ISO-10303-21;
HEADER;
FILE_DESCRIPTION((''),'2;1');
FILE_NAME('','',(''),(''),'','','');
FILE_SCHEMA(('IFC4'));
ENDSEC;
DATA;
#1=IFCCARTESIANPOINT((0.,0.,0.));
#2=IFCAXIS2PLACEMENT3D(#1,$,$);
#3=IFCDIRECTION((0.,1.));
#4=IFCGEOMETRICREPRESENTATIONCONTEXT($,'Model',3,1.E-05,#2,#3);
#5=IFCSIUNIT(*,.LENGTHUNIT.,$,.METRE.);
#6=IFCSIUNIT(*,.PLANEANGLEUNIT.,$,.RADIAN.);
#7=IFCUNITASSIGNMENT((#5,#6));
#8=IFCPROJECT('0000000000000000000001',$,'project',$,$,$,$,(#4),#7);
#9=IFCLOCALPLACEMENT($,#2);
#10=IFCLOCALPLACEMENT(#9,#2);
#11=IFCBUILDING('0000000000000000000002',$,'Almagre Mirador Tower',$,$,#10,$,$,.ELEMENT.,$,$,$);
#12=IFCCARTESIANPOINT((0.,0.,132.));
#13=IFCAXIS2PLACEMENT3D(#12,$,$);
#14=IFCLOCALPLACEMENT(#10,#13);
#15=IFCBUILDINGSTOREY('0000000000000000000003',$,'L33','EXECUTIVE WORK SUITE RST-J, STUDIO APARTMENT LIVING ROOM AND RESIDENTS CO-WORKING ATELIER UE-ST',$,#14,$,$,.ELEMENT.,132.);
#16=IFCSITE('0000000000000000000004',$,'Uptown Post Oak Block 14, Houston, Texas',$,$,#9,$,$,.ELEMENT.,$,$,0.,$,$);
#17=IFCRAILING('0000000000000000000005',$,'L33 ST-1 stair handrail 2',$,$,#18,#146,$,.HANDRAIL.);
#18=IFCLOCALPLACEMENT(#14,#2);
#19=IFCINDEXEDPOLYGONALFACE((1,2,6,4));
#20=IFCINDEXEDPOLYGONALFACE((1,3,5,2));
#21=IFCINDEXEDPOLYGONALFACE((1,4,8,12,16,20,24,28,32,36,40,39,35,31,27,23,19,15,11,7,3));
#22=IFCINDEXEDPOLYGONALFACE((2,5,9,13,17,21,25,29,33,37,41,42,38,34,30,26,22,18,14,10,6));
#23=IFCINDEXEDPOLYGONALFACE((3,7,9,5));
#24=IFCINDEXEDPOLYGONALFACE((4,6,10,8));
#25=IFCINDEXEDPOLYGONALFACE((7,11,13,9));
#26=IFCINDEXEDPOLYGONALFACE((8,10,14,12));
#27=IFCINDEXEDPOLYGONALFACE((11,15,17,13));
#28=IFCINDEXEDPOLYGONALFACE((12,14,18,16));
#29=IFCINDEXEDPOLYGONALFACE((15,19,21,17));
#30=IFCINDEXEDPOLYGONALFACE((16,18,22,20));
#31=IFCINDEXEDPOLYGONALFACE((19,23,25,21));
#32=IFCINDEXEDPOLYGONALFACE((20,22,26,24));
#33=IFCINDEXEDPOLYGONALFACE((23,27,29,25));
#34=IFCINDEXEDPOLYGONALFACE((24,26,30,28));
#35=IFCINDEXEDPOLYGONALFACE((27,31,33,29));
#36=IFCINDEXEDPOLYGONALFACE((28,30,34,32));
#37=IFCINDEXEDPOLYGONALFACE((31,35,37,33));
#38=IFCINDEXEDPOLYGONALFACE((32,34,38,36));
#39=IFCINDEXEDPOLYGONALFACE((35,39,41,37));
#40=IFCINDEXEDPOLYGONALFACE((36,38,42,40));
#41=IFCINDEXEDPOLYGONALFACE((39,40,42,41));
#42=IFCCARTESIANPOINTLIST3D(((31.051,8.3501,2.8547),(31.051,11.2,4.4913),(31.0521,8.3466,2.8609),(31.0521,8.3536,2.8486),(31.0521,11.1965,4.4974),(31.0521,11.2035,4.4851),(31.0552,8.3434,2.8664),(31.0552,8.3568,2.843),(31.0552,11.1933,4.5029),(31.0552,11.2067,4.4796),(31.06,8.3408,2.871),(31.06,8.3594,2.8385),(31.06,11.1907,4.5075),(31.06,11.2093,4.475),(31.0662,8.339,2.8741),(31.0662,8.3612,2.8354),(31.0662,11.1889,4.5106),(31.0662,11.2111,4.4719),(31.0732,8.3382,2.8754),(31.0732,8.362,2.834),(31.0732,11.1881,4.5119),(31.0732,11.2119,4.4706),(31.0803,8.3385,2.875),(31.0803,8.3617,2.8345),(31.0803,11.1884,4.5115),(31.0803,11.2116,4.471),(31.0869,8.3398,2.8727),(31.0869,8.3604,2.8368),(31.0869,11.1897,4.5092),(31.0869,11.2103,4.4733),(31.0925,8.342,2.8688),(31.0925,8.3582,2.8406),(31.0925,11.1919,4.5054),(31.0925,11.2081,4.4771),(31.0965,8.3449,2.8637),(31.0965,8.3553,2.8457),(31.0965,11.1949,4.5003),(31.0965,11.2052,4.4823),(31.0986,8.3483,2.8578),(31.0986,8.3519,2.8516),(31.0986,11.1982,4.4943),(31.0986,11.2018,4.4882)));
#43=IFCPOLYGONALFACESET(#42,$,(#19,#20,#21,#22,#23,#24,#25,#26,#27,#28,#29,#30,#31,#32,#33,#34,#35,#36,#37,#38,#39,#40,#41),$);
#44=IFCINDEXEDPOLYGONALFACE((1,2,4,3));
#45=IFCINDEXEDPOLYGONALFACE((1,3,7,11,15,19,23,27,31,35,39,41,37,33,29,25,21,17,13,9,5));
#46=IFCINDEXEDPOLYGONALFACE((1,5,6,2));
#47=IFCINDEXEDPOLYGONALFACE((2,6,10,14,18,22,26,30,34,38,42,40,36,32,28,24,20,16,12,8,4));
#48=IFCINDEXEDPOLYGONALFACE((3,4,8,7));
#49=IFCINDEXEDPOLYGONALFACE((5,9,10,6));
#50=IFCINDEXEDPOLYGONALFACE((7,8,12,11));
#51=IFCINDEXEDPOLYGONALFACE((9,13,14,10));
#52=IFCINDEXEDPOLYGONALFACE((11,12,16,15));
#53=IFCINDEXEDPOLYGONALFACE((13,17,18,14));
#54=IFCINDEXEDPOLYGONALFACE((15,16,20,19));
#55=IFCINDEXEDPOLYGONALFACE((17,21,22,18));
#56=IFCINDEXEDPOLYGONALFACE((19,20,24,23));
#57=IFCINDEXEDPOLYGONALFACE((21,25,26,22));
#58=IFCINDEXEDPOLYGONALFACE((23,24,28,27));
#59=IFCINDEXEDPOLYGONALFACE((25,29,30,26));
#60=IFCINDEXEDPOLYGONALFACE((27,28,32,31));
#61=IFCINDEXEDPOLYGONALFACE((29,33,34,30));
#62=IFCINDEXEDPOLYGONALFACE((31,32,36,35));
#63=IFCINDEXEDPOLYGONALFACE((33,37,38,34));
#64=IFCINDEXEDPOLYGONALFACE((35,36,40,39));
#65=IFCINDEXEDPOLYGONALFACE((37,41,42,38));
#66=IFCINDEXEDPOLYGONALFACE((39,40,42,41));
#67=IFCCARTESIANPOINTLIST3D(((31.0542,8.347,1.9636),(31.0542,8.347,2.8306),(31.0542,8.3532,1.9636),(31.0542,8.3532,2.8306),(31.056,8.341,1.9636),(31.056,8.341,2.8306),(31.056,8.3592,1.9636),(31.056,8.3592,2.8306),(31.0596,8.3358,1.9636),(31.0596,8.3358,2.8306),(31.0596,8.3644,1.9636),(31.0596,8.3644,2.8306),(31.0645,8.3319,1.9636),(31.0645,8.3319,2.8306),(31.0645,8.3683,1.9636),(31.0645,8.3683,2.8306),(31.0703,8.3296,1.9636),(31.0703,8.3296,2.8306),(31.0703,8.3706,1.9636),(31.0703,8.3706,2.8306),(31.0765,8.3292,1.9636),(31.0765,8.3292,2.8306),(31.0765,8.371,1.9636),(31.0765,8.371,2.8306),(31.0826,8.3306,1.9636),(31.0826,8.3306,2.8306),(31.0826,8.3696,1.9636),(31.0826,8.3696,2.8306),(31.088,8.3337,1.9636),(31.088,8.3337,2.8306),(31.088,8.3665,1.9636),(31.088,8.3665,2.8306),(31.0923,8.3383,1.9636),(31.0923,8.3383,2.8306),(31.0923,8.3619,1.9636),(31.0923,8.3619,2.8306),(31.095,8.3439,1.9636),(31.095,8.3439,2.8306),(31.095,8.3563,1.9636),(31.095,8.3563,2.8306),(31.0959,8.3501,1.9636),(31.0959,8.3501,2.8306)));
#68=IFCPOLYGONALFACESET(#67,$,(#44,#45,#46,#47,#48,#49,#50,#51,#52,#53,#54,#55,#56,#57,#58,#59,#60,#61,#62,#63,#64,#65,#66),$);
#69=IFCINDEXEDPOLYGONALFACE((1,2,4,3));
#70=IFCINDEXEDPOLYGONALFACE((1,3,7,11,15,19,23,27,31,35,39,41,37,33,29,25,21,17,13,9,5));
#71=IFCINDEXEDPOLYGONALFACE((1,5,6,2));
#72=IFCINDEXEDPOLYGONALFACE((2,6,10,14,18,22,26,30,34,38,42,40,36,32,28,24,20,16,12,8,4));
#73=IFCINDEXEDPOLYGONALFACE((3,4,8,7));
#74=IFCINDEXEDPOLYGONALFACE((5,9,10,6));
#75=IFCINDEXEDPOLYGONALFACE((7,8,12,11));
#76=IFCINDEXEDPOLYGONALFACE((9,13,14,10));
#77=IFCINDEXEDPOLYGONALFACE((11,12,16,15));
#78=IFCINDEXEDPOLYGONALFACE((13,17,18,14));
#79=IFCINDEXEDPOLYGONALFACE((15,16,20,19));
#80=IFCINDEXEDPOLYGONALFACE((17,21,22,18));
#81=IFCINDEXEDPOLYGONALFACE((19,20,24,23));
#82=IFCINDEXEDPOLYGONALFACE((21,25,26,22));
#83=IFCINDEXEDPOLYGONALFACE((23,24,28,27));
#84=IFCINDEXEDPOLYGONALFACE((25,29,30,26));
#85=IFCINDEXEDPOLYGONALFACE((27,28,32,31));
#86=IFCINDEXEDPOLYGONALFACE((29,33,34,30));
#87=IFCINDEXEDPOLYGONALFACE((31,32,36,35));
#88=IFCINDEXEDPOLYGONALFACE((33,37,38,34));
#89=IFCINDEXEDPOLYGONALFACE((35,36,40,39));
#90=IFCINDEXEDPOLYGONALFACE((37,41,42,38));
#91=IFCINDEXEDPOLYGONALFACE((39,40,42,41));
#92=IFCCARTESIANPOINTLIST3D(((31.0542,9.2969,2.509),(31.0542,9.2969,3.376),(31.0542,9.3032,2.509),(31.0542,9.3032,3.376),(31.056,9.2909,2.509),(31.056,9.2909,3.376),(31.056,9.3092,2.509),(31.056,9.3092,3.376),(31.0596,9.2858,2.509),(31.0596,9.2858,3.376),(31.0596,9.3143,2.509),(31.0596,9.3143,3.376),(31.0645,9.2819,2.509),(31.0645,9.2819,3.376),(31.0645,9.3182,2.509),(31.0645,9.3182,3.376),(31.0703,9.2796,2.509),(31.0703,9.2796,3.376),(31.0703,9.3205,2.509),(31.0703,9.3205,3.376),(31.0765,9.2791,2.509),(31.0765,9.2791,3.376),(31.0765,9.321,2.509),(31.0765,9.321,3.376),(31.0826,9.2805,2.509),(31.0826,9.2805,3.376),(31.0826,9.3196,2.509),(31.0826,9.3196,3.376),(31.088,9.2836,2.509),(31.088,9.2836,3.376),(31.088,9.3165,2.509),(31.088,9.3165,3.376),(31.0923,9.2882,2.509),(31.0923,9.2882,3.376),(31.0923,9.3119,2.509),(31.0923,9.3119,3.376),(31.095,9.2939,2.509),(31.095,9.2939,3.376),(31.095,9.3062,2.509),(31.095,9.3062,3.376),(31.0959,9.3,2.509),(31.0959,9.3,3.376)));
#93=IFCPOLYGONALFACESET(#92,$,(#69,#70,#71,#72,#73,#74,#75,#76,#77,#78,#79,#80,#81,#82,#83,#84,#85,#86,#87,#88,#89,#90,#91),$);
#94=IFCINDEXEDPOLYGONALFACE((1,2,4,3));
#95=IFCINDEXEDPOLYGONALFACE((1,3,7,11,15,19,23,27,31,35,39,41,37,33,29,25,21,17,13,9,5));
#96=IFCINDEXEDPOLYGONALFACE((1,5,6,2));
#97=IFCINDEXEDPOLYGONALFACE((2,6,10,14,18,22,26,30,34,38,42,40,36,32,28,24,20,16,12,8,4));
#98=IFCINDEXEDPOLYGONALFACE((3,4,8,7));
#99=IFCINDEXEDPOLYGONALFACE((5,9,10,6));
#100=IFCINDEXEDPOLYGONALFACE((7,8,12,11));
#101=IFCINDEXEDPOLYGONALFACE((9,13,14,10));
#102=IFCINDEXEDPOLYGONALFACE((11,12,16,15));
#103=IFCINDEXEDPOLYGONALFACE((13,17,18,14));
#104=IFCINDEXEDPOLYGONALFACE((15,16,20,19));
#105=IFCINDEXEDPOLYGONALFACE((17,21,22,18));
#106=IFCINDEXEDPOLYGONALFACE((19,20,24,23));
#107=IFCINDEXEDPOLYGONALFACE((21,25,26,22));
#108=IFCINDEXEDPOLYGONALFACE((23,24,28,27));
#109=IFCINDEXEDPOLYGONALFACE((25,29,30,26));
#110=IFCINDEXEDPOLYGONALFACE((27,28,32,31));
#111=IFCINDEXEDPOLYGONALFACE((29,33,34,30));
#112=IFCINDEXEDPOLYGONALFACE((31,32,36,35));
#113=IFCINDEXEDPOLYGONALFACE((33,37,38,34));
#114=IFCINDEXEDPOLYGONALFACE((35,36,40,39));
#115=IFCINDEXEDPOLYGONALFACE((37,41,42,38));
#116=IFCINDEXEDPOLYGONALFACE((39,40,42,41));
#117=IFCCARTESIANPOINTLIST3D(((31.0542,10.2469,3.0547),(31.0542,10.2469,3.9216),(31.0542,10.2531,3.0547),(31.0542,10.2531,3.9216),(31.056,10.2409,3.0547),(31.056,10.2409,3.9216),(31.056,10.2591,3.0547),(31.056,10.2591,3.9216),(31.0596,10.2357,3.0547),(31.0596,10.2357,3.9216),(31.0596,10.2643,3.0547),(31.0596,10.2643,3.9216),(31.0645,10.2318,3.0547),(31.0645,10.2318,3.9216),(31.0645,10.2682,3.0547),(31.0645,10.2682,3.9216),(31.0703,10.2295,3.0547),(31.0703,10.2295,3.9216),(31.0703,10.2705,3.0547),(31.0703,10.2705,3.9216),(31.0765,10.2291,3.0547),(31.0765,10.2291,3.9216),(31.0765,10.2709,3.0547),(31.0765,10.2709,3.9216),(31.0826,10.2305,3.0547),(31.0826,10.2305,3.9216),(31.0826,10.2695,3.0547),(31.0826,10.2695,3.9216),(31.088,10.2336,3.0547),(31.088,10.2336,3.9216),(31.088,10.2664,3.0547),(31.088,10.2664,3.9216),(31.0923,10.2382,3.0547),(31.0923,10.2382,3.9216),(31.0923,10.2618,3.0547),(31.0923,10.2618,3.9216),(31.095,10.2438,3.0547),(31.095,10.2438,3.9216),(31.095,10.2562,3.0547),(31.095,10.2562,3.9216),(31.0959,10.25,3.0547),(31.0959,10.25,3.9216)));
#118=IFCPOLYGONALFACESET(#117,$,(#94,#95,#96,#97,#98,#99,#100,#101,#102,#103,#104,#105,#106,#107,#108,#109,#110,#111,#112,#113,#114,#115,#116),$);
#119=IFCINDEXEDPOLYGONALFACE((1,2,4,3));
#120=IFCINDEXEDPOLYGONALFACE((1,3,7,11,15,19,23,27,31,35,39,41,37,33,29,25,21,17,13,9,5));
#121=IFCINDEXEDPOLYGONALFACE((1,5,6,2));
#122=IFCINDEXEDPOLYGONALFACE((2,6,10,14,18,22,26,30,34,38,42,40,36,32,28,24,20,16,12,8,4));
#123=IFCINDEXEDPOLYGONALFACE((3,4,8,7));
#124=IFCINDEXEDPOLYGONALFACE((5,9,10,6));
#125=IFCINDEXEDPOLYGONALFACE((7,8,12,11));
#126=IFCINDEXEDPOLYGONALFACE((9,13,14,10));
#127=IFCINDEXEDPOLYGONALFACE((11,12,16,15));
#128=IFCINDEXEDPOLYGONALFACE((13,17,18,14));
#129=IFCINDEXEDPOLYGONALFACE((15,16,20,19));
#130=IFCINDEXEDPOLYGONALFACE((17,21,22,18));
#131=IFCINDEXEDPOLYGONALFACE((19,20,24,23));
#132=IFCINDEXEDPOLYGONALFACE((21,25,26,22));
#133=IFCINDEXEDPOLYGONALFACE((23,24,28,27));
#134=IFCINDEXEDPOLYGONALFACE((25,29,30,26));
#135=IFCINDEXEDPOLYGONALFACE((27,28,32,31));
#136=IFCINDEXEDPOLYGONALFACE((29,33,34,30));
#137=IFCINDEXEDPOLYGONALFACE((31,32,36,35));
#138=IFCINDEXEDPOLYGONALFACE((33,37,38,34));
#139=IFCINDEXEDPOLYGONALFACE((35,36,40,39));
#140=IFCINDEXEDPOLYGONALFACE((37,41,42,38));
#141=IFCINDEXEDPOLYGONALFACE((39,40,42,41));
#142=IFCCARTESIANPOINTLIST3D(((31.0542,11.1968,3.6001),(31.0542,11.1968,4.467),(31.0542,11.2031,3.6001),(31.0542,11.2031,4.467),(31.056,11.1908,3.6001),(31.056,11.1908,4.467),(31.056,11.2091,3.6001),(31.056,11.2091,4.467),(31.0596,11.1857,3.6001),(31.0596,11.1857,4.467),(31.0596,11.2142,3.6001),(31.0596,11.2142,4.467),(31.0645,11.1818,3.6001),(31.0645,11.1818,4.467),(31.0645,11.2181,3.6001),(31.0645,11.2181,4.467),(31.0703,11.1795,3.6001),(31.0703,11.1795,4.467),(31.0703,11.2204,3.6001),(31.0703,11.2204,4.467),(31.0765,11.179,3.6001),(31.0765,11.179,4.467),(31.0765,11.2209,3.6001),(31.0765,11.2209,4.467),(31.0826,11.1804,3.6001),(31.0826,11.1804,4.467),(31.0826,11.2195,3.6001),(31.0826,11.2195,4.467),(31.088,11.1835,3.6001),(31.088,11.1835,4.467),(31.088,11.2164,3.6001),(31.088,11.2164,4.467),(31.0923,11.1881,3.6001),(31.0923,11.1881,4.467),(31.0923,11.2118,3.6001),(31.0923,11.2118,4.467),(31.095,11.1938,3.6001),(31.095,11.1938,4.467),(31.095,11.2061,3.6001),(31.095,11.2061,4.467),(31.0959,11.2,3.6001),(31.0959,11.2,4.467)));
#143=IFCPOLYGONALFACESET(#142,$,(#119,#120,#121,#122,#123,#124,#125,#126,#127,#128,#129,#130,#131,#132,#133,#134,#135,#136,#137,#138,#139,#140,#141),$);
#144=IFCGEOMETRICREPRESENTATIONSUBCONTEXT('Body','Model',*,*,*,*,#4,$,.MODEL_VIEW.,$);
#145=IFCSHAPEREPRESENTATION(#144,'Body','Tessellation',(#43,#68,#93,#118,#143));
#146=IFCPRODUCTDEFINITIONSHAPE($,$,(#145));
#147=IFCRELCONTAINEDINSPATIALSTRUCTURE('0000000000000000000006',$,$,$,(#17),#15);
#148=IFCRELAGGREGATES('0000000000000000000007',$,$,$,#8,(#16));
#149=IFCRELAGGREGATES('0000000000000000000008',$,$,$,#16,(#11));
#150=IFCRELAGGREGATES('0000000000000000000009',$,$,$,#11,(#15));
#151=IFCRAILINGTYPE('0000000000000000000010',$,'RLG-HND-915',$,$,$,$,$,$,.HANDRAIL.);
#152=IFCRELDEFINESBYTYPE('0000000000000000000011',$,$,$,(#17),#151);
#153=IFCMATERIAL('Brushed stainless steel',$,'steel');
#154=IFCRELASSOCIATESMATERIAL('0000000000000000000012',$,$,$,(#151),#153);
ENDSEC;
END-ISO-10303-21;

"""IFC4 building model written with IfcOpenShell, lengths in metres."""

from ifc_helpers import new_model, si_unit, direction, frame, origin, origin_2d, place, context, subcontext, project, spatial, circle, extrude, material, type_object, element, save


model = new_model("IFC4")

# Units and contexts
model_context = context("Model", 3, precision=1e-05, world=origin(), true_north=direction((0.0, 1.0)))
body_context = subcontext(model_context, "Body", "Model", "MODEL_VIEW")
ifc_project = project(units=[si_unit("LENGTHUNIT", "METRE"), si_unit("PLANEANGLEUNIT", "RADIAN")], contexts=[model_context])

# Site, building, storey
site_placement = place(None, origin())
site = spatial("IfcSite", under=ifc_project, at=site_placement, Name="Uptown Post Oak Block 14, Houston, Texas", CompositionType="ELEMENT", RefElevation=0.0)
building_placement = place(site_placement, origin())
building = spatial("IfcBuilding", under=site, at=building_placement, Name="Almagre Mirador Tower", CompositionType="ELEMENT")
storey_placement = place(building_placement, frame((0.0, 0.0, 132.0)))
storey = spatial("IfcBuildingStorey", under=building, at=storey_placement, Name="L33", Description="EXECUTIVE WORK SUITE RST-J, STUDIO APARTMENT LIVING ROOM AND RESIDENTS CO-WORKING ATELIER UE-ST", CompositionType="ELEMENT", Elevation=132.0)

# Railing
ifc_material_1 = material(Name="Brushed stainless steel", Category="steel")
railing_type_1 = type_object("IfcRailingType", Name="RLG-HND-915", PredefinedType="HANDRAIL", material=ifc_material_1)
railing_1_placement = place(storey_placement, frame((31.075, 8.3501, 1.9636)))
element("IfcRailing", 1, at=railing_1_placement, inside=storey, type_object=railing_type_1, Name="L33 ST-1 stair handrail 2", PredefinedType="HANDRAIL", context=body_context, shape_type="SweptSolid", body=[
    extrude(circle(Radius=0.0239, at=origin_2d()), frame((0.0, 0.0, 0.8911), z_axis=(0.0, 0.867194, 0.49797), x_axis=(-1.0, 0.0, 0.0)), (0.0, 0.0, 1.0), 3.2864),
    extrude(circle(Radius=0.021, at=origin_2d()), origin(), (0.0, 0.0, 1.0), 0.8669),
    extrude(circle(Radius=0.021, at=origin_2d()), frame((0.0, 0.95, 0.5454)), (0.0, 0.0, 1.0), 0.8669),
    extrude(circle(Radius=0.021, at=origin_2d()), frame((0.0, 1.8999, 1.0911)), (0.0, 0.0, 1.0), 0.8669),
    extrude(circle(Radius=0.021, at=origin_2d()), frame((0.0, 2.8499, 1.6365)), (0.0, 0.0, 1.0), 0.8669),
])

save(model, "model.ifc")
